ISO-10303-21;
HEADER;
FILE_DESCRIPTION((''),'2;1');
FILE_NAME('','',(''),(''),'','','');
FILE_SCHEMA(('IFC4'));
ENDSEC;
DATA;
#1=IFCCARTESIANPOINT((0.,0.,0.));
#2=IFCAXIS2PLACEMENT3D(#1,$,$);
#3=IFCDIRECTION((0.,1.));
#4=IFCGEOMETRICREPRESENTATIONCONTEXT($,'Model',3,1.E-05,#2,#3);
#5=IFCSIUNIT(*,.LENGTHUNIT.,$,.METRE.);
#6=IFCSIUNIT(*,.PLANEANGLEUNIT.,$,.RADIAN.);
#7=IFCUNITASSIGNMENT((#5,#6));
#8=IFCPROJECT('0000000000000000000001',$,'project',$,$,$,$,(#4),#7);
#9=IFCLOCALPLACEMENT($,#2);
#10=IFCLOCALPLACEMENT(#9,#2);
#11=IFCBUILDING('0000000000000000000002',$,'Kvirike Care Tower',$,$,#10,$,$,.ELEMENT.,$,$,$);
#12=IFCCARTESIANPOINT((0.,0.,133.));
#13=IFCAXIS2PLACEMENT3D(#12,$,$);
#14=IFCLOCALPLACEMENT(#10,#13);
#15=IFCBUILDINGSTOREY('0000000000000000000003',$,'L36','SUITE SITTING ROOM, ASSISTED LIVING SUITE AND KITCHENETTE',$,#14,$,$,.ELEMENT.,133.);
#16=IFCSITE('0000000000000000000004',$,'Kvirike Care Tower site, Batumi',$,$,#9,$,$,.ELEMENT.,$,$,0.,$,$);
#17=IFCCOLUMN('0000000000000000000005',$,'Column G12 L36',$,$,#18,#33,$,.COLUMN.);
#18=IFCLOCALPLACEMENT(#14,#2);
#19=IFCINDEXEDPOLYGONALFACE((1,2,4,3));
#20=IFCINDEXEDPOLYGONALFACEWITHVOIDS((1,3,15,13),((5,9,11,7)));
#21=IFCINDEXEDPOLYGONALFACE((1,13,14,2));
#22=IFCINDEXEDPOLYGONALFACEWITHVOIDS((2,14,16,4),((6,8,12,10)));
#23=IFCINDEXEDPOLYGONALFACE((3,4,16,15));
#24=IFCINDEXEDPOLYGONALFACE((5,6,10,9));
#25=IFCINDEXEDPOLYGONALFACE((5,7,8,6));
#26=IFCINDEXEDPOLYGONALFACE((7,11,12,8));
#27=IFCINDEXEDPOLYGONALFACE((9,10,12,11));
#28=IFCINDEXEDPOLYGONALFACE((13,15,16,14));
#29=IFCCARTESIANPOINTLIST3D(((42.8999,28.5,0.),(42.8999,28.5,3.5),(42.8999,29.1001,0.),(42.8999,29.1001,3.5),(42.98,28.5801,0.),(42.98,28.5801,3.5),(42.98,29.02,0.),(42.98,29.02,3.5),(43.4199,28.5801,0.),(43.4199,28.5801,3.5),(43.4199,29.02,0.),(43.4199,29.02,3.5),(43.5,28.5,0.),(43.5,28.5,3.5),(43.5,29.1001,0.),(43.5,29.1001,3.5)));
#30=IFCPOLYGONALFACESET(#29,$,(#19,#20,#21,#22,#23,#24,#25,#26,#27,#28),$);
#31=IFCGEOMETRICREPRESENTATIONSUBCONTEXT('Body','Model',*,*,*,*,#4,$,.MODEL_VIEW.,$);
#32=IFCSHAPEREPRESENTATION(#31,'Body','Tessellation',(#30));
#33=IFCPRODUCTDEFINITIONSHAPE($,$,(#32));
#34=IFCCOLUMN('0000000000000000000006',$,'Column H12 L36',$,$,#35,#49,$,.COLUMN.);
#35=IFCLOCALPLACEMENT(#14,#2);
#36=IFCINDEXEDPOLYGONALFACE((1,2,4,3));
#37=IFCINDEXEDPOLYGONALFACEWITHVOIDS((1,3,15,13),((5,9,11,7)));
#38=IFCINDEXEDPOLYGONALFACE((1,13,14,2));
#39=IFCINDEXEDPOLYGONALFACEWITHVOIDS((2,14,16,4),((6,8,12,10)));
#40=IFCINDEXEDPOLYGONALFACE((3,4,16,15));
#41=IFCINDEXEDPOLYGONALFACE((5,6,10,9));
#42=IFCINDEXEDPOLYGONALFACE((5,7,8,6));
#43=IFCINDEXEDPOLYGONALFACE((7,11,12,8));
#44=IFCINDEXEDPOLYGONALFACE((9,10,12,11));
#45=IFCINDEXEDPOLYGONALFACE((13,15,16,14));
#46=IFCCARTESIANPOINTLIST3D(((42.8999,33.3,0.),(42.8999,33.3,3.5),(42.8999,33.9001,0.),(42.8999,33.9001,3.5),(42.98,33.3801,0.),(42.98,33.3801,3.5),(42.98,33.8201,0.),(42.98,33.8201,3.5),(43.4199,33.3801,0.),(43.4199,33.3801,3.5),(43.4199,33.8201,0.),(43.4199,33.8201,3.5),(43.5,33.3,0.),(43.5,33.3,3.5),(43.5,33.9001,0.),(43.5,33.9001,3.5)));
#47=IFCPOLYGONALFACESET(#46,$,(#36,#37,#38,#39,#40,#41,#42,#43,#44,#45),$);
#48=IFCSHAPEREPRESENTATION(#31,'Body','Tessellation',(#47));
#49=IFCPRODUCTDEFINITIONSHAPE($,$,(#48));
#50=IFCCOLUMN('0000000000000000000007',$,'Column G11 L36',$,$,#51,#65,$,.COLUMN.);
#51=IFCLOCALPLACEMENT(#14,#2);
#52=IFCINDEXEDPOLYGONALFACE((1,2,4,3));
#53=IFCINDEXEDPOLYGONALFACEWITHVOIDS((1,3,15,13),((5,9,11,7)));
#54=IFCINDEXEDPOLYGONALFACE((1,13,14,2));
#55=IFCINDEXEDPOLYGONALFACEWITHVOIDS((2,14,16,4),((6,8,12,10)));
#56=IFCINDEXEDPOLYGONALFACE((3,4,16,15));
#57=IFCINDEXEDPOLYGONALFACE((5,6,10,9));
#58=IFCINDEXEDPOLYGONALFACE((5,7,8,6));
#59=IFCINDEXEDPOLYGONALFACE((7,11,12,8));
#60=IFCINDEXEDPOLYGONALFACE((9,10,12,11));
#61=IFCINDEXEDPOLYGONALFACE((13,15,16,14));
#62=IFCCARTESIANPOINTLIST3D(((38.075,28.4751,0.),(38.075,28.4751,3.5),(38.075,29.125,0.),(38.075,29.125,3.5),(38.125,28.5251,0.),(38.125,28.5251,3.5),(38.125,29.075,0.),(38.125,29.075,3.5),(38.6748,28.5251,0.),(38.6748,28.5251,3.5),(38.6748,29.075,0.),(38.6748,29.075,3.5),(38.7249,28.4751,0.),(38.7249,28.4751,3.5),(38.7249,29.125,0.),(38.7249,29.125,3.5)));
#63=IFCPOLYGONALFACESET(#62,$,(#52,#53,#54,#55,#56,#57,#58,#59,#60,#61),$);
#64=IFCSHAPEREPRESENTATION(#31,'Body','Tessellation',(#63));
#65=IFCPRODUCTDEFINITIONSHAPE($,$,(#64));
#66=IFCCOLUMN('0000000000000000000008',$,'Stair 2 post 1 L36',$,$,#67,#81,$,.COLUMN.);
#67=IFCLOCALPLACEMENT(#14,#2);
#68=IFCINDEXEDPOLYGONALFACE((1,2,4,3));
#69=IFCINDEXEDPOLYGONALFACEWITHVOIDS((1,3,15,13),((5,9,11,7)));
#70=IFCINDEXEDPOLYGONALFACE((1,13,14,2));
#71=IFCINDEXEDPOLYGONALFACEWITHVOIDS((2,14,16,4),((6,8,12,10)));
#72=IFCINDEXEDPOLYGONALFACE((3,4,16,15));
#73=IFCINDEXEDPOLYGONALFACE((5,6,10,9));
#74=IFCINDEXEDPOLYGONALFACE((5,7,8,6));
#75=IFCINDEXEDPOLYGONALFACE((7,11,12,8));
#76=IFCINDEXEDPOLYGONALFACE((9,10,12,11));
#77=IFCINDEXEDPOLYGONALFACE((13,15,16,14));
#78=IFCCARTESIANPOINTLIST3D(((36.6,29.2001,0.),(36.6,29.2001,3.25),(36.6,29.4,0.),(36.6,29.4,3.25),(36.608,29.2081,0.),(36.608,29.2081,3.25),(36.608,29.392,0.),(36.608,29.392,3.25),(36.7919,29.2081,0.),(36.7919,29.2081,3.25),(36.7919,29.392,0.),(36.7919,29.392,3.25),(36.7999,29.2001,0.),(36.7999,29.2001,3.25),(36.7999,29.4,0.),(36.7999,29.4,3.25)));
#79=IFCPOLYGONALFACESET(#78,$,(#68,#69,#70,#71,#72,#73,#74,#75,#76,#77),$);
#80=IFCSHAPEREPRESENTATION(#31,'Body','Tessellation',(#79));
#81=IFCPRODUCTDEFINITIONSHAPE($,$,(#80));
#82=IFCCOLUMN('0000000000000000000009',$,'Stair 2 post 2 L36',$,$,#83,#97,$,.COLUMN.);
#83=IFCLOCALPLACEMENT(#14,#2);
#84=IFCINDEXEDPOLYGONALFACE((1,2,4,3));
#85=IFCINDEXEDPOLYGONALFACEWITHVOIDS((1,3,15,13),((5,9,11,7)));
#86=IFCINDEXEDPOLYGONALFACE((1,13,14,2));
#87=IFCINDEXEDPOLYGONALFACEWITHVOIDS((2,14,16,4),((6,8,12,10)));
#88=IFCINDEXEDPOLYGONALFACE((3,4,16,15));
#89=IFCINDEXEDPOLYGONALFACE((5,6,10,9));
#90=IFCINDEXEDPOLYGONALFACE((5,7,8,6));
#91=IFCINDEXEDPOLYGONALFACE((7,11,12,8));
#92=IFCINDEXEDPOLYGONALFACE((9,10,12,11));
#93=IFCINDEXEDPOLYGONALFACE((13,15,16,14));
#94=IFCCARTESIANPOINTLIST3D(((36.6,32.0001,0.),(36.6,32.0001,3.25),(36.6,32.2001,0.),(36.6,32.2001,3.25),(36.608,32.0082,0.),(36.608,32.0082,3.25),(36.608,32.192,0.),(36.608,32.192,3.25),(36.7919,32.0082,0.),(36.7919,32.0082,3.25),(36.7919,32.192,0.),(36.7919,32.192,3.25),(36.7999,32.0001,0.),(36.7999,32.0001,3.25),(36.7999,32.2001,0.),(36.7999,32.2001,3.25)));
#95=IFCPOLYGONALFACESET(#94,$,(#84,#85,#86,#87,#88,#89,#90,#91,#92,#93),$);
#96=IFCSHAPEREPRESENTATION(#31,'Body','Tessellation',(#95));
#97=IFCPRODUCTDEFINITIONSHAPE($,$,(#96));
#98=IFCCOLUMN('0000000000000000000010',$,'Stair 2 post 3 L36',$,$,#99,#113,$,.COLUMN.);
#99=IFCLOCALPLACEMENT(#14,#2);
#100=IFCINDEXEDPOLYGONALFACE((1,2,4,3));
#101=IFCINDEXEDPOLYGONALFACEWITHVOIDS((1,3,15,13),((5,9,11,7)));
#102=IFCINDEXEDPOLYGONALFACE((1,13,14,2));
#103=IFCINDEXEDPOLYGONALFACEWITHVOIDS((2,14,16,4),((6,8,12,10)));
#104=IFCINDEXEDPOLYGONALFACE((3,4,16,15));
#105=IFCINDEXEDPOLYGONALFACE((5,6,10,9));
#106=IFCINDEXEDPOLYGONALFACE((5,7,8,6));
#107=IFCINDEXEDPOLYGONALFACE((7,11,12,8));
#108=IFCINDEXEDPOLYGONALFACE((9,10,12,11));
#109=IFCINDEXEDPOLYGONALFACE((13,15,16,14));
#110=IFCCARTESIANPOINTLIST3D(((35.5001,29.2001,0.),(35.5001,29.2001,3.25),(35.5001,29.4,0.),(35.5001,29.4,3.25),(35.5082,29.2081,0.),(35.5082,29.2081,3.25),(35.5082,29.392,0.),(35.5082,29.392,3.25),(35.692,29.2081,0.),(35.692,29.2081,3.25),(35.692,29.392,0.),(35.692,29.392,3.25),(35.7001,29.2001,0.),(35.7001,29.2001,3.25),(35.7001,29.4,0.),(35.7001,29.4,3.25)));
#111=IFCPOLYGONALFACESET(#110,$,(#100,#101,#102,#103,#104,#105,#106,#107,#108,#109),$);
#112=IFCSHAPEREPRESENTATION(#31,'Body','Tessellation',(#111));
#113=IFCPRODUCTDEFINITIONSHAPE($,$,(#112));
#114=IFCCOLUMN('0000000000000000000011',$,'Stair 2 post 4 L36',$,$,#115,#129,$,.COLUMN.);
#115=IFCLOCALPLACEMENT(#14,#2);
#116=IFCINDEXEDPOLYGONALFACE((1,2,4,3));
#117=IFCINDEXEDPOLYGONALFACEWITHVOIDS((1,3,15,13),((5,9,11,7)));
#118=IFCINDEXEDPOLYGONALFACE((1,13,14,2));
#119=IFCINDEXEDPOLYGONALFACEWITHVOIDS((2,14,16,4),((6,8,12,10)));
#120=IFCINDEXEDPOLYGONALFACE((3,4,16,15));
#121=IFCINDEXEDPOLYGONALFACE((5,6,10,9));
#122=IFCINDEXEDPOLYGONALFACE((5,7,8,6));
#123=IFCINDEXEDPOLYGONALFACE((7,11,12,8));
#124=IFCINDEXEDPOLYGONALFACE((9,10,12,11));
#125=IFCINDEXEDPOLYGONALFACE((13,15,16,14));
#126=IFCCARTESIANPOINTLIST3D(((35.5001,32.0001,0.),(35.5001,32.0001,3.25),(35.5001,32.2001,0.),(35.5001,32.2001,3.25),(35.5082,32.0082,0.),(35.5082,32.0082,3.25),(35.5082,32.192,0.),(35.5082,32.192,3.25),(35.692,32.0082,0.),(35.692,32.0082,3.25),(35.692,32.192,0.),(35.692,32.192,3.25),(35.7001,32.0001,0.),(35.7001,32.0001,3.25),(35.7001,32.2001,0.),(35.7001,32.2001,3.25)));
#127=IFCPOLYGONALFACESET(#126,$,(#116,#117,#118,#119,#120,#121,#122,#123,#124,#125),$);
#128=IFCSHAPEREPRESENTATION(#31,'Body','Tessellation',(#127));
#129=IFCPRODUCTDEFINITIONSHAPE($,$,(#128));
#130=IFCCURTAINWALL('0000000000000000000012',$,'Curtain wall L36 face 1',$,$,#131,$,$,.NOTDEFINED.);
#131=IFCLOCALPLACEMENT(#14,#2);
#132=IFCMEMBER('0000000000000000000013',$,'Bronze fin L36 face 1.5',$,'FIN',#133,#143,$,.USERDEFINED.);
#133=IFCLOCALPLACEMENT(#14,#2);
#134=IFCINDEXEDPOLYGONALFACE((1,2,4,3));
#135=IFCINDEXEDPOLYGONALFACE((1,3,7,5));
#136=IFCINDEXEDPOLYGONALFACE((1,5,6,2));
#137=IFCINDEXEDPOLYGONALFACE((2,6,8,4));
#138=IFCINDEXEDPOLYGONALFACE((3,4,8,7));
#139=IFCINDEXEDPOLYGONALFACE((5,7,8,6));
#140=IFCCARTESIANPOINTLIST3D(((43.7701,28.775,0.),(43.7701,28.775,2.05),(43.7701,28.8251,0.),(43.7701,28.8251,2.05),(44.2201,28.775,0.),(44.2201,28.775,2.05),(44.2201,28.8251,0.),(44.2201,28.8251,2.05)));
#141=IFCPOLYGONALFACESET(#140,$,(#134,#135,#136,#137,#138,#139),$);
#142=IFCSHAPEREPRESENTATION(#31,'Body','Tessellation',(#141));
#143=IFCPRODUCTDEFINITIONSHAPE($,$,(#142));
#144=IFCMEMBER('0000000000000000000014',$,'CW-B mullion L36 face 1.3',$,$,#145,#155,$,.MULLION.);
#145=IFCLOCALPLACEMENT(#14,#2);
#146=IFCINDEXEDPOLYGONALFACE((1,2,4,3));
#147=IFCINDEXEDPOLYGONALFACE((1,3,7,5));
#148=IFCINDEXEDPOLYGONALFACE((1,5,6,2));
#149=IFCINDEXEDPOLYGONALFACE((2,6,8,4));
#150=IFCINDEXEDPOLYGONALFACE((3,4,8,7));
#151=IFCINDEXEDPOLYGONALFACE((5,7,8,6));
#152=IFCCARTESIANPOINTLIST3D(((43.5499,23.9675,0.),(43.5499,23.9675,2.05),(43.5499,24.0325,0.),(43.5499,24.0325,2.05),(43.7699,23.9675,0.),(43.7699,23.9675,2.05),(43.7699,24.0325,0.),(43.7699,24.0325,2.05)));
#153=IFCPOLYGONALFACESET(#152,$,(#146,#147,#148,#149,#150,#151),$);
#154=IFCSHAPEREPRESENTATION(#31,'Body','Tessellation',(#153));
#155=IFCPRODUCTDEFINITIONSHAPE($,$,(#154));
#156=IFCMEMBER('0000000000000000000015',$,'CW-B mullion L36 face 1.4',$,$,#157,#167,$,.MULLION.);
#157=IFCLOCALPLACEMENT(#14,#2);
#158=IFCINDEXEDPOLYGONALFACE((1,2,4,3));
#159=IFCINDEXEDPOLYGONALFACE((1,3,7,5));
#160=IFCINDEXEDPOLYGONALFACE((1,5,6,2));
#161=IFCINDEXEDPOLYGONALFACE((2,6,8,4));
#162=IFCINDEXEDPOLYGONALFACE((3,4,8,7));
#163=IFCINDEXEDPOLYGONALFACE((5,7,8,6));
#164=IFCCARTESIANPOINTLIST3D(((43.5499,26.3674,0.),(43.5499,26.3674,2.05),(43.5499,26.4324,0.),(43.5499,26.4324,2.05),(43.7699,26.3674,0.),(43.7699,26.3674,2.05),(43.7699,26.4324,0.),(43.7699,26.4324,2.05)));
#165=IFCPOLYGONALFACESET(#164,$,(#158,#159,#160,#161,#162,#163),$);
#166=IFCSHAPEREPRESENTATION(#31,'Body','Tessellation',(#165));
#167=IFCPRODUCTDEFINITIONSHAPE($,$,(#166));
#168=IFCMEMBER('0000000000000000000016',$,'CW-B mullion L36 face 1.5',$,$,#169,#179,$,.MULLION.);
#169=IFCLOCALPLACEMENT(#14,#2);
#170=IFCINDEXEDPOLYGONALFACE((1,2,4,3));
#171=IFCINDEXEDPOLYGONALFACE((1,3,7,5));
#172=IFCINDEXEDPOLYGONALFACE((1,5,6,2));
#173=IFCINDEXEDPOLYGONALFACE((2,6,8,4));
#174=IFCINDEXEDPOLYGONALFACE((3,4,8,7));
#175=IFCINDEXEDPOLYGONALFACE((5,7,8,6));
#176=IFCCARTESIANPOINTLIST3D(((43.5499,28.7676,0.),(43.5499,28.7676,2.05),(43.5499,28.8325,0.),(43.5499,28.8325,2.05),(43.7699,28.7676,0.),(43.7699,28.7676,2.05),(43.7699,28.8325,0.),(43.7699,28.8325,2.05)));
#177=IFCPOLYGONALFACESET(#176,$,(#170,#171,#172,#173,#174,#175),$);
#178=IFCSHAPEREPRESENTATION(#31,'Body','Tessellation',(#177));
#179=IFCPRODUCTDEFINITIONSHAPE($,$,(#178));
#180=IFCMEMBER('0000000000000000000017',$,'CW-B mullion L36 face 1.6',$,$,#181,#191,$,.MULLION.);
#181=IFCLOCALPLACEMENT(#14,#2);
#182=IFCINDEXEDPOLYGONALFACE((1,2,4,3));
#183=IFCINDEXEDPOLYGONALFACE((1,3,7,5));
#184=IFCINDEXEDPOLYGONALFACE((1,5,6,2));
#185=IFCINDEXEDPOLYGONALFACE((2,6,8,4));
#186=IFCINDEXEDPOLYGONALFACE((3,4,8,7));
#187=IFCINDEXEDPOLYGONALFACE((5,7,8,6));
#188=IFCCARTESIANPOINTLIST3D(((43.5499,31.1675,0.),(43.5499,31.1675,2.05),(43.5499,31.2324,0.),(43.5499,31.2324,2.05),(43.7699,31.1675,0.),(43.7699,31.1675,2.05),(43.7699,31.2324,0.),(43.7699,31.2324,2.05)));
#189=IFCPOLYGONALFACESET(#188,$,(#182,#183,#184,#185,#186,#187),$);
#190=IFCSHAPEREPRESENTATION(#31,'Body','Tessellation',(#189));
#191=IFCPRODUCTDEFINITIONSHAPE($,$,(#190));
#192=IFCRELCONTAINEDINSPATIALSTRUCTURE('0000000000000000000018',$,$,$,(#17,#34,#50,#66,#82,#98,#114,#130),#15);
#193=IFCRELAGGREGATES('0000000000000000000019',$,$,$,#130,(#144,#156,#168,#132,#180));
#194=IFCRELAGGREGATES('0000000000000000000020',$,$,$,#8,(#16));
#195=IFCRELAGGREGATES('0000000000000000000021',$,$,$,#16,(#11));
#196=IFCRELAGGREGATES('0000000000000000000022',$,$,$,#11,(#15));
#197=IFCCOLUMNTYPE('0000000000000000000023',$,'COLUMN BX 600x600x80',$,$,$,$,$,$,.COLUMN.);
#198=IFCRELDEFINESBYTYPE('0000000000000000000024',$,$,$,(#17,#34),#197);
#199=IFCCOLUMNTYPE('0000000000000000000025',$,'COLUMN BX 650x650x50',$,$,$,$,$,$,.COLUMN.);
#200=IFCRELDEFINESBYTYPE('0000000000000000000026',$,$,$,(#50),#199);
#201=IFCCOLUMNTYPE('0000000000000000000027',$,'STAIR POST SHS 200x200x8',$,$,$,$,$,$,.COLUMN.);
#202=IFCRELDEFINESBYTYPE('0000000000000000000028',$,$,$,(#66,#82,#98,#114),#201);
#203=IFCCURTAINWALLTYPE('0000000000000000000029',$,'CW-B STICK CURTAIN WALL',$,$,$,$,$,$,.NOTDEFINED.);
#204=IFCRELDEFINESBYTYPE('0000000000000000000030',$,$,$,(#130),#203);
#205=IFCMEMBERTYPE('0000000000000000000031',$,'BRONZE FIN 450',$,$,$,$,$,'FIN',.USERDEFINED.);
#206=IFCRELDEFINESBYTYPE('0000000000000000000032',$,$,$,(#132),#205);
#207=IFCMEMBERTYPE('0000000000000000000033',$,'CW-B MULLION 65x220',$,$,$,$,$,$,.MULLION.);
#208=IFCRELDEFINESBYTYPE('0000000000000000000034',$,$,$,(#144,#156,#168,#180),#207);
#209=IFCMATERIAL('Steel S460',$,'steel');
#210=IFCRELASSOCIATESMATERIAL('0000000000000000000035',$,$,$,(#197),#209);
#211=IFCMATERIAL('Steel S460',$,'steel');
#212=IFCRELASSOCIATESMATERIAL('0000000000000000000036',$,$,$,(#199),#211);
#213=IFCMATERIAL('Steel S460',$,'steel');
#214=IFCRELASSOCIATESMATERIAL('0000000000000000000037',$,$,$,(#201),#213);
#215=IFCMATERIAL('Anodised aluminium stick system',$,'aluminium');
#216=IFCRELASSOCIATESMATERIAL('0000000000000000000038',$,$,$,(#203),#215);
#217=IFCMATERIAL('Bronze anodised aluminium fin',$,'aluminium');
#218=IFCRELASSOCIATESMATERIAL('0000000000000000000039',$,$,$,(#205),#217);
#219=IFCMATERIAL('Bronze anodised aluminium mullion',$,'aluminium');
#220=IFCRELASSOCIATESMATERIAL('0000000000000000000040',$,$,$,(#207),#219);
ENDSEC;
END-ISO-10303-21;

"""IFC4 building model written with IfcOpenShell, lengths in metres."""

from ifc_helpers import new_model, si_unit, direction, frame, origin, origin_2d, place, context, subcontext, project, spatial, rectangle, hollow_rectangle, extrude, material, material_profile, profile_set, type_object, element, aggregate, save


model = new_model("IFC4")

# Units and contexts
model_context = context("Model", 3, precision=1e-05, world=origin(), true_north=direction((0.0, 1.0)))
body_context = subcontext(model_context, "Body", "Model", "MODEL_VIEW")
ifc_project = project(units=[si_unit("LENGTHUNIT", "METRE"), si_unit("PLANEANGLEUNIT", "RADIAN")], contexts=[model_context])

# Site, building, storey
site_placement = place(None, origin())
site = spatial("IfcSite", under=ifc_project, at=site_placement, Name="Kvirike Care Tower site, Batumi", CompositionType="ELEMENT", RefElevation=0.0)
building_placement = place(site_placement, origin())
building = spatial("IfcBuilding", under=site, at=building_placement, Name="Kvirike Care Tower", CompositionType="ELEMENT")
storey_placement = place(building_placement, frame((0.0, 0.0, 133.0)))
storey = spatial("IfcBuildingStorey", under=building, at=storey_placement, Name="L36", Description="SUITE SITTING ROOM, ASSISTED LIVING SUITE AND KITCHENETTE", CompositionType="ELEMENT", Elevation=133.0)

# Columns
ifc_material_1 = material(Name="Steel S460", Category="steel")
ifc_material_profile_1 = material_profile(ifc_material_1, hollow_rectangle(XDim=0.6001, YDim=0.6001, WallThickness=0.0801, at=origin_2d()), Name="BX 600x600x80")
ifc_profile_set_1 = profile_set([ifc_material_profile_1], Name="Steel S460")
column_type_1 = type_object("IfcColumnType", Name="COLUMN BX 600x600x80", PredefinedType="COLUMN", material=ifc_profile_set_1)
for number, where, z_axis, x_axis, name in (
    (1, (43.2, 28.8, 0.0), (0.0, 0.0, 1.0), (0.0, 1.0, 0.0), "Column G12 L36"),
    (2, (43.2, 33.6001, 0.0), (0.0, 0.0, 1.0), (1.0, 0.0, 0.0), "Column H12 L36"),
):
    element("IfcColumn", number, at=place(storey_placement, frame(where, z_axis=z_axis, x_axis=x_axis)), inside=storey, type_object=column_type_1, Name=name, PredefinedType="COLUMN", context=body_context, shape_type="SweptSolid", body=[
        extrude(hollow_rectangle(XDim=0.6001, YDim=0.6001, WallThickness=0.0801, at=origin_2d()), origin(), (0.0, 0.0, 1.0), 3.5),
    ])
ifc_material_2 = material(Name="Steel S460", Category="steel")
ifc_material_profile_2 = material_profile(ifc_material_2, hollow_rectangle(XDim=0.6499, YDim=0.6499, WallThickness=0.05, at=origin_2d()), Name="BX 650x650x50")
ifc_profile_set_2 = profile_set([ifc_material_profile_2], Name="Steel S460")
column_type_2 = type_object("IfcColumnType", Name="COLUMN BX 650x650x50", PredefinedType="COLUMN", material=ifc_profile_set_2)
column_placement = place(storey_placement, frame((38.3999, 28.8, 0.0), z_axis=(0.0, 0.0, 1.0), x_axis=(0.0, 1.0, 0.0)))
element("IfcColumn", 3, at=column_placement, inside=storey, type_object=column_type_2, Name="Column G11 L36", PredefinedType="COLUMN", context=body_context, shape_type="SweptSolid", body=[
    extrude(hollow_rectangle(XDim=0.6499, YDim=0.6499, WallThickness=0.05, at=origin_2d()), origin(), (0.0, 0.0, 1.0), 3.5),
])
ifc_material_3 = material(Name="Steel S460", Category="steel")
ifc_material_profile_3 = material_profile(ifc_material_3, hollow_rectangle(XDim=0.2, YDim=0.2, WallThickness=0.0081, at=origin_2d()), Name="SHS 200x200x8")
ifc_profile_set_3 = profile_set([ifc_material_profile_3], Name="Steel S460")
column_type_3 = type_object("IfcColumnType", Name="STAIR POST SHS 200x200x8", PredefinedType="COLUMN", material=ifc_profile_set_3)
for number, where, z_axis, x_axis, name in (
    (4, (36.7, 29.3, 0.0), (0.0, 0.0, 1.0), (1.0, 0.0, 0.0), "Stair 2 post 1 L36"),
    (5, (36.7, 32.1001, 0.0), (0.0, 0.0, 1.0), (1.0, 0.0, 0.0), "Stair 2 post 2 L36"),
    (6, (35.6001, 29.3, 0.0), (0.0, 0.0, 1.0), (1.0, 0.0, 0.0), "Stair 2 post 3 L36"),
    (7, (35.6001, 32.1001, 0.0), (0.0, 0.0, 1.0), (1.0, 0.0, 0.0), "Stair 2 post 4 L36"),
):
    element("IfcColumn", number, at=place(storey_placement, frame(where, z_axis=z_axis, x_axis=x_axis)), inside=storey, type_object=column_type_3, Name=name, PredefinedType="COLUMN", context=body_context, shape_type="SweptSolid", body=[
        extrude(hollow_rectangle(XDim=0.2, YDim=0.2, WallThickness=0.0081, at=origin_2d()), origin(), (0.0, 0.0, 1.0), 3.25),
    ])

# Curtain wall, members
ifc_material_4 = material(Name="Anodised aluminium stick system", Category="aluminium")
curtain_wall_type = type_object("IfcCurtainWallType", Name="CW-B STICK CURTAIN WALL", PredefinedType="NOTDEFINED", material=ifc_material_4)
curtain_wall_placement = place(storey_placement, origin())
curtain_wall = element("IfcCurtainWall", 8, at=curtain_wall_placement, inside=storey, type_object=curtain_wall_type, Name="Curtain wall L36 face 1", PredefinedType="NOTDEFINED")
ifc_material_5 = material(Name="Bronze anodised aluminium fin", Category="aluminium")
ifc_material_profile_4 = material_profile(ifc_material_5, rectangle(XDim=0.05, YDim=0.45, at=origin_2d()), Name="BRONZE FIN 450")
ifc_profile_set_4 = profile_set([ifc_material_profile_4], Name="Bronze anodised aluminium fin")
member_type_1 = type_object("IfcMemberType", Name="BRONZE FIN 450", ElementType="FIN", PredefinedType="USERDEFINED", material=ifc_profile_set_4)
member_1_placement = place(storey_placement, frame((43.9951, 28.8, 0.0), z_axis=(0.0, 0.0, 1.0), x_axis=(0.0, 1.0, 0.0)))
member_1 = element("IfcMember", 9, at=member_1_placement, type_object=member_type_1, Name="Bronze fin L36 face 1.5", ObjectType="FIN", PredefinedType="USERDEFINED", context=body_context, shape_type="SweptSolid", body=[
    extrude(rectangle(XDim=0.05, YDim=0.45, at=origin_2d()), origin(), (0.0, 0.0, 1.0), 2.05),
])
ifc_material_6 = material(Name="Bronze anodised aluminium mullion", Category="aluminium")
ifc_material_profile_5 = material_profile(ifc_material_6, rectangle(XDim=0.0649, YDim=0.22, at=origin_2d()), Name="CW-B MULLION 65x220")
ifc_profile_set_5 = profile_set([ifc_material_profile_5], Name="Bronze anodised aluminium mullion")
member_type_2 = type_object("IfcMemberType", Name="CW-B MULLION 65x220", PredefinedType="MULLION", material=ifc_profile_set_5)
member_2_placement = place(storey_placement, frame((43.6599, 24.0, 0.0), z_axis=(0.0, 0.0, 1.0), x_axis=(0.0, 1.0, 0.0)))
member_2 = element("IfcMember", 10, at=member_2_placement, type_object=member_type_2, Name="CW-B mullion L36 face 1.3", PredefinedType="MULLION", context=body_context, shape_type="SweptSolid", body=[
    extrude(rectangle(XDim=0.0649, YDim=0.22, at=origin_2d()), origin(), (0.0, 0.0, 1.0), 2.05),
])
member_3_placement = place(storey_placement, frame((43.6599, 26.3999, 0.0), z_axis=(0.0, 0.0, 1.0), x_axis=(0.0, 1.0, 0.0)))
member_3 = element("IfcMember", 11, at=member_3_placement, type_object=member_type_2, Name="CW-B mullion L36 face 1.4", PredefinedType="MULLION", context=body_context, shape_type="SweptSolid", body=[
    extrude(rectangle(XDim=0.0649, YDim=0.22, at=origin_2d()), origin(), (0.0, 0.0, 1.0), 2.05),
])
member_4_placement = place(storey_placement, frame((43.6599, 28.8, 0.0), z_axis=(0.0, 0.0, 1.0), x_axis=(0.0, 1.0, 0.0)))
member_4 = element("IfcMember", 12, at=member_4_placement, type_object=member_type_2, Name="CW-B mullion L36 face 1.5", PredefinedType="MULLION", context=body_context, shape_type="SweptSolid", body=[
    extrude(rectangle(XDim=0.0649, YDim=0.22, at=origin_2d()), origin(), (0.0, 0.0, 1.0), 2.05),
])
member_5_placement = place(storey_placement, frame((43.6599, 31.2, 0.0), z_axis=(0.0, 0.0, 1.0), x_axis=(0.0, 1.0, 0.0)))
member_5 = element("IfcMember", 13, at=member_5_placement, type_object=member_type_2, Name="CW-B mullion L36 face 1.6", PredefinedType="MULLION", context=body_context, shape_type="SweptSolid", body=[
    extrude(rectangle(XDim=0.0649, YDim=0.22, at=origin_2d()), origin(), (0.0, 0.0, 1.0), 2.05),
])

aggregate(curtain_wall, [member_2, member_3, member_4, member_1, member_5])

save(model, "model.ifc")
